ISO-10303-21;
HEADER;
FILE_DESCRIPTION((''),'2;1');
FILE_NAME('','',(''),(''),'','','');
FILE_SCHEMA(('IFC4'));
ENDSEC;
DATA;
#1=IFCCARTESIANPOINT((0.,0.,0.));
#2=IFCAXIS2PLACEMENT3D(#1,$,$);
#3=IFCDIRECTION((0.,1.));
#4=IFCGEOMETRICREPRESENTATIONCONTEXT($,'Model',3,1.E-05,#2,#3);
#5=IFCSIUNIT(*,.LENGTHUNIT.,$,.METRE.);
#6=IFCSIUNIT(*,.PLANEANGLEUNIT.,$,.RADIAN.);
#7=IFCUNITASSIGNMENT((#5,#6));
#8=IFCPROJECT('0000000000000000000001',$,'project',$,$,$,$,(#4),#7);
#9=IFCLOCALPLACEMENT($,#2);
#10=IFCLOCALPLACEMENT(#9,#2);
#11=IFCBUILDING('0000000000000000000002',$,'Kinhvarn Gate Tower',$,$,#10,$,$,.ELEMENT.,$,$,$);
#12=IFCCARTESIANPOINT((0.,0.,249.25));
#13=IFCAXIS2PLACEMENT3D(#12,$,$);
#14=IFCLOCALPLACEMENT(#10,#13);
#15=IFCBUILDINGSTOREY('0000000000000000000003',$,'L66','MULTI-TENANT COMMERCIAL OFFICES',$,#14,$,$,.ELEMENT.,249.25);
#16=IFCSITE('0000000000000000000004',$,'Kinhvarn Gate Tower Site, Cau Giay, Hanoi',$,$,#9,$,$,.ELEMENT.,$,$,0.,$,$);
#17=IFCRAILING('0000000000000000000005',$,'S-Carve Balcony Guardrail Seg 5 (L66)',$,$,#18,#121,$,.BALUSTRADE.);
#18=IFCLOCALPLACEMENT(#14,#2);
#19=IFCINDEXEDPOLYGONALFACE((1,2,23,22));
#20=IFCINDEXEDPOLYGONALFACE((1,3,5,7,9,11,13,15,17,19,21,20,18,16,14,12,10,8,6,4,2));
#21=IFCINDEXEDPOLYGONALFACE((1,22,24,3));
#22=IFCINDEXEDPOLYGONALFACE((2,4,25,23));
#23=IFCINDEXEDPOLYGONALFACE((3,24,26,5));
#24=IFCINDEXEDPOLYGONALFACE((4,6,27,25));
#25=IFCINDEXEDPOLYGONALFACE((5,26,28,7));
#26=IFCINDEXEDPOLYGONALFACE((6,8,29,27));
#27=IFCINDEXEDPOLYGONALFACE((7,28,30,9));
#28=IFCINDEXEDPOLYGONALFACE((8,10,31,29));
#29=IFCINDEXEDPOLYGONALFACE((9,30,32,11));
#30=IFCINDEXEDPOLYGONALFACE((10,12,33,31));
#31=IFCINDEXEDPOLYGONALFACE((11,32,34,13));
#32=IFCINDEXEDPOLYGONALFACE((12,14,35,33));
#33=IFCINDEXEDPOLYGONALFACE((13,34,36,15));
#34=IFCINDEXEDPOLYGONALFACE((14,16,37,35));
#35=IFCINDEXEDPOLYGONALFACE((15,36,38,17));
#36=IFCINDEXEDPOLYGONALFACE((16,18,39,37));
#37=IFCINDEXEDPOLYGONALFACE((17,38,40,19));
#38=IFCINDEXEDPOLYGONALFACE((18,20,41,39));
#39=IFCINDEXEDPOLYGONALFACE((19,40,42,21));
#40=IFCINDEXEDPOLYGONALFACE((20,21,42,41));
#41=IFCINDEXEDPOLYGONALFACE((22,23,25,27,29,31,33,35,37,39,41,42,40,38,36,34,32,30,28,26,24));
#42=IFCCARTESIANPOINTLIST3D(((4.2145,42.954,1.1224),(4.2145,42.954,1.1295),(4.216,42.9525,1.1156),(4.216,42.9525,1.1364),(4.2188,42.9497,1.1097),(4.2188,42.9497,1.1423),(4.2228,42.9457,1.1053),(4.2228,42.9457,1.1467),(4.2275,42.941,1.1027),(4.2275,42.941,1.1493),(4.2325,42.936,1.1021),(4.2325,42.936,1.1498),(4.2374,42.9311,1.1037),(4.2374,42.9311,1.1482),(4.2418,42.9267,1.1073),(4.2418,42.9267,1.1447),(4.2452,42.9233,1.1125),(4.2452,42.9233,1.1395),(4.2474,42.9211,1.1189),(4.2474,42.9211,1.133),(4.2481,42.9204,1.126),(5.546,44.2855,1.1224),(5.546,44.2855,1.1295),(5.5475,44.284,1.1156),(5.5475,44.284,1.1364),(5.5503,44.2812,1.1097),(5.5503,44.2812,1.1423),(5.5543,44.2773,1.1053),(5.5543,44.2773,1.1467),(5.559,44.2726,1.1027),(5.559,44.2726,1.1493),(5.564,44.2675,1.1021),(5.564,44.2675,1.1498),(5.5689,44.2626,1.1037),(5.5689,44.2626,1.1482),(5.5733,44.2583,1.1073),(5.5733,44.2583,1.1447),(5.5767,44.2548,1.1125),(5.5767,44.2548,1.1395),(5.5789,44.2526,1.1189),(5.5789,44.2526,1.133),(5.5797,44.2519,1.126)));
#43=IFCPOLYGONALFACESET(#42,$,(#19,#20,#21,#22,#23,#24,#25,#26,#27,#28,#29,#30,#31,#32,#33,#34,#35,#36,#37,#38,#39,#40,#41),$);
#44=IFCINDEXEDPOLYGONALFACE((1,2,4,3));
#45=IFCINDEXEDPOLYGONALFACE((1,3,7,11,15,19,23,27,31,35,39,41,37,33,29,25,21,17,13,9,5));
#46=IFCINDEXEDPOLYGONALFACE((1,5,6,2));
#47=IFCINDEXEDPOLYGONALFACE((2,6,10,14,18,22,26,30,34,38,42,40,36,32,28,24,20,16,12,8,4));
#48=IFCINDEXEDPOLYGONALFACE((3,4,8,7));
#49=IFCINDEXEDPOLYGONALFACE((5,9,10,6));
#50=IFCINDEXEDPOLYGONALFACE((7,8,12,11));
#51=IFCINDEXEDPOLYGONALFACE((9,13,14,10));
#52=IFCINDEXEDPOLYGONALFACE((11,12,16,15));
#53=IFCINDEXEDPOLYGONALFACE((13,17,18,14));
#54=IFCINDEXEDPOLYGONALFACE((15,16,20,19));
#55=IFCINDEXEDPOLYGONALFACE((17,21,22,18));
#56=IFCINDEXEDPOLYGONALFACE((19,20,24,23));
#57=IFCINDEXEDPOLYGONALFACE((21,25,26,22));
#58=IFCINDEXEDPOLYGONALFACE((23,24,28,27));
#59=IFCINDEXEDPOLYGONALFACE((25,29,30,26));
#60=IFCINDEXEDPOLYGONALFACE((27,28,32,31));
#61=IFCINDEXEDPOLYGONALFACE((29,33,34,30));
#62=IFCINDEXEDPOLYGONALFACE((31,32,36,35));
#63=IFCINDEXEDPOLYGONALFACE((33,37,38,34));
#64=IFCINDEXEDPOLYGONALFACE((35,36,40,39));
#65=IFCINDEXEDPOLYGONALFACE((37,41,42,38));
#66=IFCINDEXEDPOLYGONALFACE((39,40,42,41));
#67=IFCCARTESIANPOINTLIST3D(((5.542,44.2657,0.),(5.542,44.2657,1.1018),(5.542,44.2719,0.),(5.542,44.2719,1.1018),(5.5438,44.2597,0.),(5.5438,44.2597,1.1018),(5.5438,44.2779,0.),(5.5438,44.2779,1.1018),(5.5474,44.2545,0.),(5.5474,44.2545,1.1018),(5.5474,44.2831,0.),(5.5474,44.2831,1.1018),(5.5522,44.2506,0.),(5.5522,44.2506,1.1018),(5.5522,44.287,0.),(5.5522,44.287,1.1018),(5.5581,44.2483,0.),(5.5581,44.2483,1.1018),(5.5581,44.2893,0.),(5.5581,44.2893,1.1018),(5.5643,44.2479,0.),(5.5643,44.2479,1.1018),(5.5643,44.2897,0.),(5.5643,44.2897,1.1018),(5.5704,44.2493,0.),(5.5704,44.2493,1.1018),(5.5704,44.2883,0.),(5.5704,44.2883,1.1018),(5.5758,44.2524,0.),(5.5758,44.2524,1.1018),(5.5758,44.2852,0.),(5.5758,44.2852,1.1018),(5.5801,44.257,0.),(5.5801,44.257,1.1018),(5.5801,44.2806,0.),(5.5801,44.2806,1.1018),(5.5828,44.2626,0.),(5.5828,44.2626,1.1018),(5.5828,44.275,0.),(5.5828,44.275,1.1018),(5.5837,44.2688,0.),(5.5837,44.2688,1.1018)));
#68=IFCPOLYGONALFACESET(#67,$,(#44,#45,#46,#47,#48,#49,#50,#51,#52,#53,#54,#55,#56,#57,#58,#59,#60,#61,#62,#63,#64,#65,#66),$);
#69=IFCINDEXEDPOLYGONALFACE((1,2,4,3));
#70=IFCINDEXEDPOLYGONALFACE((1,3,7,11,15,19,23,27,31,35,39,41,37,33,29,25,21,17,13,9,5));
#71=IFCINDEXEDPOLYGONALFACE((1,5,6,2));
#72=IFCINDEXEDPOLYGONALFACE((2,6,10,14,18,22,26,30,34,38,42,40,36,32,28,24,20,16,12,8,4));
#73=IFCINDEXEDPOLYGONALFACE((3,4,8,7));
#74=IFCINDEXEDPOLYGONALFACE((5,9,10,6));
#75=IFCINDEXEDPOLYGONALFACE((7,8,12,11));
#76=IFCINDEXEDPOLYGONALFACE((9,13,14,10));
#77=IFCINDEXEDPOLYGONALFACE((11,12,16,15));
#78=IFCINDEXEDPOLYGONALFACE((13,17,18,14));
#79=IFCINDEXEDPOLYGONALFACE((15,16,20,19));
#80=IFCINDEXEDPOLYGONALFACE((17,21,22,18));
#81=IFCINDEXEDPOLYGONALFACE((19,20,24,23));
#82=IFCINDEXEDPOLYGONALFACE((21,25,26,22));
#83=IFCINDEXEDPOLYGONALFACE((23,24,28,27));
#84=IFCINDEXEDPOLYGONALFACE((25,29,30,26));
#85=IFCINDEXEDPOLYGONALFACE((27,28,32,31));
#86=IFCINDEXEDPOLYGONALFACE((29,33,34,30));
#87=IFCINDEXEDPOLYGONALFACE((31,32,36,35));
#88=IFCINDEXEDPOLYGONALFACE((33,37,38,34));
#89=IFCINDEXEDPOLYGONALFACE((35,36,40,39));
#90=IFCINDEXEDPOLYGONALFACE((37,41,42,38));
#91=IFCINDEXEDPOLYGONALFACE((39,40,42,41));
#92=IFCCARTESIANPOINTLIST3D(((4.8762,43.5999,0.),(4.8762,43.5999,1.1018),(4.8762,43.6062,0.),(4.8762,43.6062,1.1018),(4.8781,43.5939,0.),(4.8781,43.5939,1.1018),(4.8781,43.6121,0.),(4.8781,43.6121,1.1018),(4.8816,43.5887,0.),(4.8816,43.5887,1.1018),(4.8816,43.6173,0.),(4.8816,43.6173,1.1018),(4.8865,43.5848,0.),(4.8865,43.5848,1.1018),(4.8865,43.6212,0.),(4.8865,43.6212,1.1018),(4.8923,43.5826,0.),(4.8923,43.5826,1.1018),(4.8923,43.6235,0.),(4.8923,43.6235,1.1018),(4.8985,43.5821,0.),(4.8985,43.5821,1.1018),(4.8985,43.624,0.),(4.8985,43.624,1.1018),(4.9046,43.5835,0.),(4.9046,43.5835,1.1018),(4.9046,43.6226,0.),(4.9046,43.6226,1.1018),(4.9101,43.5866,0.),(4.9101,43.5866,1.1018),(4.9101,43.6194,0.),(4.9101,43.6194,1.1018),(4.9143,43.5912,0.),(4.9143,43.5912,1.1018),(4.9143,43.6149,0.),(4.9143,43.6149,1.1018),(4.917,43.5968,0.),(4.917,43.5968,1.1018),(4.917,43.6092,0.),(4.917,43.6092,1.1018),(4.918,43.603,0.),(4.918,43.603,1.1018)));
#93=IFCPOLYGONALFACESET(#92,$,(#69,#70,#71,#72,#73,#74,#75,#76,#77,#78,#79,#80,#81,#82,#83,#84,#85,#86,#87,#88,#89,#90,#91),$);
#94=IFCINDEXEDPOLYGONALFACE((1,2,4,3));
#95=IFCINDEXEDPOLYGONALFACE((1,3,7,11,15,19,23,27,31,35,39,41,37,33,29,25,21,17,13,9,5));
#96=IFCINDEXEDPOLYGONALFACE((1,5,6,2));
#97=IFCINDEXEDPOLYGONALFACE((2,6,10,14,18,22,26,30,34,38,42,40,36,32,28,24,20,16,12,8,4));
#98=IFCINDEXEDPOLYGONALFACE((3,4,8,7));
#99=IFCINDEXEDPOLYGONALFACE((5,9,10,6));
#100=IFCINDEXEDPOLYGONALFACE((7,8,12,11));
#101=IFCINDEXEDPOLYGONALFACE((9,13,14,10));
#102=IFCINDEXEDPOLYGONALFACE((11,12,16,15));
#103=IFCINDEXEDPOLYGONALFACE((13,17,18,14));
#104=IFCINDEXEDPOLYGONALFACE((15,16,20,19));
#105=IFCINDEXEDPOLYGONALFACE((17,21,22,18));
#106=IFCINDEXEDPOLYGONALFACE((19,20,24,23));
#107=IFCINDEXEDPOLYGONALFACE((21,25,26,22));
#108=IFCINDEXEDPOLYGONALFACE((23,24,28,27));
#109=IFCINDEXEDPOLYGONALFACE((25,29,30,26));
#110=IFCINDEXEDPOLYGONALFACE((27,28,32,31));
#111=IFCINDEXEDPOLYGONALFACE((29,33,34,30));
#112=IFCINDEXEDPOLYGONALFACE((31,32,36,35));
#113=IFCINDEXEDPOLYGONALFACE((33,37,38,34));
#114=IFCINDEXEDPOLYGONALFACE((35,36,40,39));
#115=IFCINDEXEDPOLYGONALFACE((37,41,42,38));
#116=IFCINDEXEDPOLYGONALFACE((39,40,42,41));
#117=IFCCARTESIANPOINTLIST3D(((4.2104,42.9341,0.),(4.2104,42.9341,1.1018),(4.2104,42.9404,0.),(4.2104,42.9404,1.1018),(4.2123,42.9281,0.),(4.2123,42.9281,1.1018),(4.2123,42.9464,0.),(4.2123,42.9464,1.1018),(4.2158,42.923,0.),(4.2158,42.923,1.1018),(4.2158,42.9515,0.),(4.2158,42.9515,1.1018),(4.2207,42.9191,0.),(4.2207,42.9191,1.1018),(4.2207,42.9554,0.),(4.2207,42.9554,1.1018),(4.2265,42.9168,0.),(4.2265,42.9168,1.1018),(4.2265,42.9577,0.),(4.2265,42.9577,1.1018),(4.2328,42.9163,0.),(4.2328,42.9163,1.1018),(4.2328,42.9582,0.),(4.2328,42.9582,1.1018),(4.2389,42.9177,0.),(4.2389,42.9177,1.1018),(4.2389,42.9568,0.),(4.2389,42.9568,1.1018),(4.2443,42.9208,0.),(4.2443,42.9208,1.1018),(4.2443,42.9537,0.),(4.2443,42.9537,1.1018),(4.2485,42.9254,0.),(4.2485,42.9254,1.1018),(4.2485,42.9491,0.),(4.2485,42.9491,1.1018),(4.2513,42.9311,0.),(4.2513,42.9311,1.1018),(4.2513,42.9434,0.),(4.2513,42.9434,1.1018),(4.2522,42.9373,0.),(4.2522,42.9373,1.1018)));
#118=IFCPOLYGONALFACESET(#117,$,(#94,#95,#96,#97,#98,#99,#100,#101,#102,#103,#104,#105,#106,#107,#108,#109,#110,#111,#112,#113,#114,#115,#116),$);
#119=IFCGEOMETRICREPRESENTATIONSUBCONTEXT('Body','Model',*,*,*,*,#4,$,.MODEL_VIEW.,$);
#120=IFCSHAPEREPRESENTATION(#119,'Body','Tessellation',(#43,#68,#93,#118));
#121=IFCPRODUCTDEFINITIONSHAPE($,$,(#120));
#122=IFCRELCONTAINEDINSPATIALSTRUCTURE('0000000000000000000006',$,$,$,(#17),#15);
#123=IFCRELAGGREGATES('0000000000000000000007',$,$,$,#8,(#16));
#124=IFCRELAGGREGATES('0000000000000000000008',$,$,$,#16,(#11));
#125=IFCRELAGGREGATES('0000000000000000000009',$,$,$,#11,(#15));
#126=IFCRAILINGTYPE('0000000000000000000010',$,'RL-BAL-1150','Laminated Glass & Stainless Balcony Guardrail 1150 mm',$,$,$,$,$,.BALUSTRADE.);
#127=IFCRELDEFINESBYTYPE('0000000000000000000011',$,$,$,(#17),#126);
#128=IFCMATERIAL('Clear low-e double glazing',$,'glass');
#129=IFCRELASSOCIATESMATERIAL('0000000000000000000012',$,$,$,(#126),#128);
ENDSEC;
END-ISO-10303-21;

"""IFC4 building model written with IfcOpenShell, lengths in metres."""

from ifc_helpers import new_model, si_unit, direction, frame, origin, origin_2d, place, context, subcontext, project, spatial, circle, extrude, material, type_object, element, save


model = new_model("IFC4")

# Units and contexts
model_context = context("Model", 3, precision=1e-05, world=origin(), true_north=direction((0.0, 1.0)))
body_context = subcontext(model_context, "Body", "Model", "MODEL_VIEW")
ifc_project = project(units=[si_unit("LENGTHUNIT", "METRE"), si_unit("PLANEANGLEUNIT", "RADIAN")], contexts=[model_context])

# Site, building, storey
site_placement = place(None, origin())
site = spatial("IfcSite", under=ifc_project, at=site_placement, Name="Kinhvarn Gate Tower Site, Cau Giay, Hanoi", CompositionType="ELEMENT", RefElevation=0.0)
building_placement = place(site_placement, origin())
building = spatial("IfcBuilding", under=site, at=building_placement, Name="Kinhvarn Gate Tower", CompositionType="ELEMENT")
storey_placement = place(building_placement, frame((0.0, 0.0, 249.25)))
storey = spatial("IfcBuildingStorey", under=building, at=storey_placement, Name="L66", Description="MULTI-TENANT COMMERCIAL OFFICES", CompositionType="ELEMENT", Elevation=249.25)

# Shared definitions
ifc_material_1 = material(Name="Clear low-e double glazing", Category="glass")

# Railing
railing_type = type_object("IfcRailingType", Name="RL-BAL-1150", Description="Laminated Glass & Stainless Balcony Guardrail 1150 mm", PredefinedType="BALUSTRADE", material=ifc_material_1)
railing_1_placement = place(storey_placement, frame((5.5627, 44.2688, 0.0)))
element("IfcRailing", 1, at=railing_1_placement, inside=storey, type_object=railing_type, Name="S-Carve Balcony Guardrail Seg 5 (L66)", PredefinedType="BALUSTRADE", context=body_context, shape_type="SweptSolid", body=[
    extrude(circle(Radius=0.0239, at=origin_2d()), frame((0.0, 0.0, 1.126), z_axis=(-0.707107, -0.707107, 0.0), x_axis=(0.707107, -0.707107, 0.0)), (0.0, 0.0, 1.0), 1.8831),
    extrude(circle(Radius=0.021, at=origin_2d()), origin(), (0.0, 0.0, 1.0), 1.1018),
    extrude(circle(Radius=0.021, at=origin_2d()), frame((-0.6658, -0.6658, 0.0)), (0.0, 0.0, 1.0), 1.1018),
    extrude(circle(Radius=0.021, at=origin_2d()), frame((-1.3315, -1.3315, 0.0)), (0.0, 0.0, 1.0), 1.1018),
])

save(model, "model.ifc")
